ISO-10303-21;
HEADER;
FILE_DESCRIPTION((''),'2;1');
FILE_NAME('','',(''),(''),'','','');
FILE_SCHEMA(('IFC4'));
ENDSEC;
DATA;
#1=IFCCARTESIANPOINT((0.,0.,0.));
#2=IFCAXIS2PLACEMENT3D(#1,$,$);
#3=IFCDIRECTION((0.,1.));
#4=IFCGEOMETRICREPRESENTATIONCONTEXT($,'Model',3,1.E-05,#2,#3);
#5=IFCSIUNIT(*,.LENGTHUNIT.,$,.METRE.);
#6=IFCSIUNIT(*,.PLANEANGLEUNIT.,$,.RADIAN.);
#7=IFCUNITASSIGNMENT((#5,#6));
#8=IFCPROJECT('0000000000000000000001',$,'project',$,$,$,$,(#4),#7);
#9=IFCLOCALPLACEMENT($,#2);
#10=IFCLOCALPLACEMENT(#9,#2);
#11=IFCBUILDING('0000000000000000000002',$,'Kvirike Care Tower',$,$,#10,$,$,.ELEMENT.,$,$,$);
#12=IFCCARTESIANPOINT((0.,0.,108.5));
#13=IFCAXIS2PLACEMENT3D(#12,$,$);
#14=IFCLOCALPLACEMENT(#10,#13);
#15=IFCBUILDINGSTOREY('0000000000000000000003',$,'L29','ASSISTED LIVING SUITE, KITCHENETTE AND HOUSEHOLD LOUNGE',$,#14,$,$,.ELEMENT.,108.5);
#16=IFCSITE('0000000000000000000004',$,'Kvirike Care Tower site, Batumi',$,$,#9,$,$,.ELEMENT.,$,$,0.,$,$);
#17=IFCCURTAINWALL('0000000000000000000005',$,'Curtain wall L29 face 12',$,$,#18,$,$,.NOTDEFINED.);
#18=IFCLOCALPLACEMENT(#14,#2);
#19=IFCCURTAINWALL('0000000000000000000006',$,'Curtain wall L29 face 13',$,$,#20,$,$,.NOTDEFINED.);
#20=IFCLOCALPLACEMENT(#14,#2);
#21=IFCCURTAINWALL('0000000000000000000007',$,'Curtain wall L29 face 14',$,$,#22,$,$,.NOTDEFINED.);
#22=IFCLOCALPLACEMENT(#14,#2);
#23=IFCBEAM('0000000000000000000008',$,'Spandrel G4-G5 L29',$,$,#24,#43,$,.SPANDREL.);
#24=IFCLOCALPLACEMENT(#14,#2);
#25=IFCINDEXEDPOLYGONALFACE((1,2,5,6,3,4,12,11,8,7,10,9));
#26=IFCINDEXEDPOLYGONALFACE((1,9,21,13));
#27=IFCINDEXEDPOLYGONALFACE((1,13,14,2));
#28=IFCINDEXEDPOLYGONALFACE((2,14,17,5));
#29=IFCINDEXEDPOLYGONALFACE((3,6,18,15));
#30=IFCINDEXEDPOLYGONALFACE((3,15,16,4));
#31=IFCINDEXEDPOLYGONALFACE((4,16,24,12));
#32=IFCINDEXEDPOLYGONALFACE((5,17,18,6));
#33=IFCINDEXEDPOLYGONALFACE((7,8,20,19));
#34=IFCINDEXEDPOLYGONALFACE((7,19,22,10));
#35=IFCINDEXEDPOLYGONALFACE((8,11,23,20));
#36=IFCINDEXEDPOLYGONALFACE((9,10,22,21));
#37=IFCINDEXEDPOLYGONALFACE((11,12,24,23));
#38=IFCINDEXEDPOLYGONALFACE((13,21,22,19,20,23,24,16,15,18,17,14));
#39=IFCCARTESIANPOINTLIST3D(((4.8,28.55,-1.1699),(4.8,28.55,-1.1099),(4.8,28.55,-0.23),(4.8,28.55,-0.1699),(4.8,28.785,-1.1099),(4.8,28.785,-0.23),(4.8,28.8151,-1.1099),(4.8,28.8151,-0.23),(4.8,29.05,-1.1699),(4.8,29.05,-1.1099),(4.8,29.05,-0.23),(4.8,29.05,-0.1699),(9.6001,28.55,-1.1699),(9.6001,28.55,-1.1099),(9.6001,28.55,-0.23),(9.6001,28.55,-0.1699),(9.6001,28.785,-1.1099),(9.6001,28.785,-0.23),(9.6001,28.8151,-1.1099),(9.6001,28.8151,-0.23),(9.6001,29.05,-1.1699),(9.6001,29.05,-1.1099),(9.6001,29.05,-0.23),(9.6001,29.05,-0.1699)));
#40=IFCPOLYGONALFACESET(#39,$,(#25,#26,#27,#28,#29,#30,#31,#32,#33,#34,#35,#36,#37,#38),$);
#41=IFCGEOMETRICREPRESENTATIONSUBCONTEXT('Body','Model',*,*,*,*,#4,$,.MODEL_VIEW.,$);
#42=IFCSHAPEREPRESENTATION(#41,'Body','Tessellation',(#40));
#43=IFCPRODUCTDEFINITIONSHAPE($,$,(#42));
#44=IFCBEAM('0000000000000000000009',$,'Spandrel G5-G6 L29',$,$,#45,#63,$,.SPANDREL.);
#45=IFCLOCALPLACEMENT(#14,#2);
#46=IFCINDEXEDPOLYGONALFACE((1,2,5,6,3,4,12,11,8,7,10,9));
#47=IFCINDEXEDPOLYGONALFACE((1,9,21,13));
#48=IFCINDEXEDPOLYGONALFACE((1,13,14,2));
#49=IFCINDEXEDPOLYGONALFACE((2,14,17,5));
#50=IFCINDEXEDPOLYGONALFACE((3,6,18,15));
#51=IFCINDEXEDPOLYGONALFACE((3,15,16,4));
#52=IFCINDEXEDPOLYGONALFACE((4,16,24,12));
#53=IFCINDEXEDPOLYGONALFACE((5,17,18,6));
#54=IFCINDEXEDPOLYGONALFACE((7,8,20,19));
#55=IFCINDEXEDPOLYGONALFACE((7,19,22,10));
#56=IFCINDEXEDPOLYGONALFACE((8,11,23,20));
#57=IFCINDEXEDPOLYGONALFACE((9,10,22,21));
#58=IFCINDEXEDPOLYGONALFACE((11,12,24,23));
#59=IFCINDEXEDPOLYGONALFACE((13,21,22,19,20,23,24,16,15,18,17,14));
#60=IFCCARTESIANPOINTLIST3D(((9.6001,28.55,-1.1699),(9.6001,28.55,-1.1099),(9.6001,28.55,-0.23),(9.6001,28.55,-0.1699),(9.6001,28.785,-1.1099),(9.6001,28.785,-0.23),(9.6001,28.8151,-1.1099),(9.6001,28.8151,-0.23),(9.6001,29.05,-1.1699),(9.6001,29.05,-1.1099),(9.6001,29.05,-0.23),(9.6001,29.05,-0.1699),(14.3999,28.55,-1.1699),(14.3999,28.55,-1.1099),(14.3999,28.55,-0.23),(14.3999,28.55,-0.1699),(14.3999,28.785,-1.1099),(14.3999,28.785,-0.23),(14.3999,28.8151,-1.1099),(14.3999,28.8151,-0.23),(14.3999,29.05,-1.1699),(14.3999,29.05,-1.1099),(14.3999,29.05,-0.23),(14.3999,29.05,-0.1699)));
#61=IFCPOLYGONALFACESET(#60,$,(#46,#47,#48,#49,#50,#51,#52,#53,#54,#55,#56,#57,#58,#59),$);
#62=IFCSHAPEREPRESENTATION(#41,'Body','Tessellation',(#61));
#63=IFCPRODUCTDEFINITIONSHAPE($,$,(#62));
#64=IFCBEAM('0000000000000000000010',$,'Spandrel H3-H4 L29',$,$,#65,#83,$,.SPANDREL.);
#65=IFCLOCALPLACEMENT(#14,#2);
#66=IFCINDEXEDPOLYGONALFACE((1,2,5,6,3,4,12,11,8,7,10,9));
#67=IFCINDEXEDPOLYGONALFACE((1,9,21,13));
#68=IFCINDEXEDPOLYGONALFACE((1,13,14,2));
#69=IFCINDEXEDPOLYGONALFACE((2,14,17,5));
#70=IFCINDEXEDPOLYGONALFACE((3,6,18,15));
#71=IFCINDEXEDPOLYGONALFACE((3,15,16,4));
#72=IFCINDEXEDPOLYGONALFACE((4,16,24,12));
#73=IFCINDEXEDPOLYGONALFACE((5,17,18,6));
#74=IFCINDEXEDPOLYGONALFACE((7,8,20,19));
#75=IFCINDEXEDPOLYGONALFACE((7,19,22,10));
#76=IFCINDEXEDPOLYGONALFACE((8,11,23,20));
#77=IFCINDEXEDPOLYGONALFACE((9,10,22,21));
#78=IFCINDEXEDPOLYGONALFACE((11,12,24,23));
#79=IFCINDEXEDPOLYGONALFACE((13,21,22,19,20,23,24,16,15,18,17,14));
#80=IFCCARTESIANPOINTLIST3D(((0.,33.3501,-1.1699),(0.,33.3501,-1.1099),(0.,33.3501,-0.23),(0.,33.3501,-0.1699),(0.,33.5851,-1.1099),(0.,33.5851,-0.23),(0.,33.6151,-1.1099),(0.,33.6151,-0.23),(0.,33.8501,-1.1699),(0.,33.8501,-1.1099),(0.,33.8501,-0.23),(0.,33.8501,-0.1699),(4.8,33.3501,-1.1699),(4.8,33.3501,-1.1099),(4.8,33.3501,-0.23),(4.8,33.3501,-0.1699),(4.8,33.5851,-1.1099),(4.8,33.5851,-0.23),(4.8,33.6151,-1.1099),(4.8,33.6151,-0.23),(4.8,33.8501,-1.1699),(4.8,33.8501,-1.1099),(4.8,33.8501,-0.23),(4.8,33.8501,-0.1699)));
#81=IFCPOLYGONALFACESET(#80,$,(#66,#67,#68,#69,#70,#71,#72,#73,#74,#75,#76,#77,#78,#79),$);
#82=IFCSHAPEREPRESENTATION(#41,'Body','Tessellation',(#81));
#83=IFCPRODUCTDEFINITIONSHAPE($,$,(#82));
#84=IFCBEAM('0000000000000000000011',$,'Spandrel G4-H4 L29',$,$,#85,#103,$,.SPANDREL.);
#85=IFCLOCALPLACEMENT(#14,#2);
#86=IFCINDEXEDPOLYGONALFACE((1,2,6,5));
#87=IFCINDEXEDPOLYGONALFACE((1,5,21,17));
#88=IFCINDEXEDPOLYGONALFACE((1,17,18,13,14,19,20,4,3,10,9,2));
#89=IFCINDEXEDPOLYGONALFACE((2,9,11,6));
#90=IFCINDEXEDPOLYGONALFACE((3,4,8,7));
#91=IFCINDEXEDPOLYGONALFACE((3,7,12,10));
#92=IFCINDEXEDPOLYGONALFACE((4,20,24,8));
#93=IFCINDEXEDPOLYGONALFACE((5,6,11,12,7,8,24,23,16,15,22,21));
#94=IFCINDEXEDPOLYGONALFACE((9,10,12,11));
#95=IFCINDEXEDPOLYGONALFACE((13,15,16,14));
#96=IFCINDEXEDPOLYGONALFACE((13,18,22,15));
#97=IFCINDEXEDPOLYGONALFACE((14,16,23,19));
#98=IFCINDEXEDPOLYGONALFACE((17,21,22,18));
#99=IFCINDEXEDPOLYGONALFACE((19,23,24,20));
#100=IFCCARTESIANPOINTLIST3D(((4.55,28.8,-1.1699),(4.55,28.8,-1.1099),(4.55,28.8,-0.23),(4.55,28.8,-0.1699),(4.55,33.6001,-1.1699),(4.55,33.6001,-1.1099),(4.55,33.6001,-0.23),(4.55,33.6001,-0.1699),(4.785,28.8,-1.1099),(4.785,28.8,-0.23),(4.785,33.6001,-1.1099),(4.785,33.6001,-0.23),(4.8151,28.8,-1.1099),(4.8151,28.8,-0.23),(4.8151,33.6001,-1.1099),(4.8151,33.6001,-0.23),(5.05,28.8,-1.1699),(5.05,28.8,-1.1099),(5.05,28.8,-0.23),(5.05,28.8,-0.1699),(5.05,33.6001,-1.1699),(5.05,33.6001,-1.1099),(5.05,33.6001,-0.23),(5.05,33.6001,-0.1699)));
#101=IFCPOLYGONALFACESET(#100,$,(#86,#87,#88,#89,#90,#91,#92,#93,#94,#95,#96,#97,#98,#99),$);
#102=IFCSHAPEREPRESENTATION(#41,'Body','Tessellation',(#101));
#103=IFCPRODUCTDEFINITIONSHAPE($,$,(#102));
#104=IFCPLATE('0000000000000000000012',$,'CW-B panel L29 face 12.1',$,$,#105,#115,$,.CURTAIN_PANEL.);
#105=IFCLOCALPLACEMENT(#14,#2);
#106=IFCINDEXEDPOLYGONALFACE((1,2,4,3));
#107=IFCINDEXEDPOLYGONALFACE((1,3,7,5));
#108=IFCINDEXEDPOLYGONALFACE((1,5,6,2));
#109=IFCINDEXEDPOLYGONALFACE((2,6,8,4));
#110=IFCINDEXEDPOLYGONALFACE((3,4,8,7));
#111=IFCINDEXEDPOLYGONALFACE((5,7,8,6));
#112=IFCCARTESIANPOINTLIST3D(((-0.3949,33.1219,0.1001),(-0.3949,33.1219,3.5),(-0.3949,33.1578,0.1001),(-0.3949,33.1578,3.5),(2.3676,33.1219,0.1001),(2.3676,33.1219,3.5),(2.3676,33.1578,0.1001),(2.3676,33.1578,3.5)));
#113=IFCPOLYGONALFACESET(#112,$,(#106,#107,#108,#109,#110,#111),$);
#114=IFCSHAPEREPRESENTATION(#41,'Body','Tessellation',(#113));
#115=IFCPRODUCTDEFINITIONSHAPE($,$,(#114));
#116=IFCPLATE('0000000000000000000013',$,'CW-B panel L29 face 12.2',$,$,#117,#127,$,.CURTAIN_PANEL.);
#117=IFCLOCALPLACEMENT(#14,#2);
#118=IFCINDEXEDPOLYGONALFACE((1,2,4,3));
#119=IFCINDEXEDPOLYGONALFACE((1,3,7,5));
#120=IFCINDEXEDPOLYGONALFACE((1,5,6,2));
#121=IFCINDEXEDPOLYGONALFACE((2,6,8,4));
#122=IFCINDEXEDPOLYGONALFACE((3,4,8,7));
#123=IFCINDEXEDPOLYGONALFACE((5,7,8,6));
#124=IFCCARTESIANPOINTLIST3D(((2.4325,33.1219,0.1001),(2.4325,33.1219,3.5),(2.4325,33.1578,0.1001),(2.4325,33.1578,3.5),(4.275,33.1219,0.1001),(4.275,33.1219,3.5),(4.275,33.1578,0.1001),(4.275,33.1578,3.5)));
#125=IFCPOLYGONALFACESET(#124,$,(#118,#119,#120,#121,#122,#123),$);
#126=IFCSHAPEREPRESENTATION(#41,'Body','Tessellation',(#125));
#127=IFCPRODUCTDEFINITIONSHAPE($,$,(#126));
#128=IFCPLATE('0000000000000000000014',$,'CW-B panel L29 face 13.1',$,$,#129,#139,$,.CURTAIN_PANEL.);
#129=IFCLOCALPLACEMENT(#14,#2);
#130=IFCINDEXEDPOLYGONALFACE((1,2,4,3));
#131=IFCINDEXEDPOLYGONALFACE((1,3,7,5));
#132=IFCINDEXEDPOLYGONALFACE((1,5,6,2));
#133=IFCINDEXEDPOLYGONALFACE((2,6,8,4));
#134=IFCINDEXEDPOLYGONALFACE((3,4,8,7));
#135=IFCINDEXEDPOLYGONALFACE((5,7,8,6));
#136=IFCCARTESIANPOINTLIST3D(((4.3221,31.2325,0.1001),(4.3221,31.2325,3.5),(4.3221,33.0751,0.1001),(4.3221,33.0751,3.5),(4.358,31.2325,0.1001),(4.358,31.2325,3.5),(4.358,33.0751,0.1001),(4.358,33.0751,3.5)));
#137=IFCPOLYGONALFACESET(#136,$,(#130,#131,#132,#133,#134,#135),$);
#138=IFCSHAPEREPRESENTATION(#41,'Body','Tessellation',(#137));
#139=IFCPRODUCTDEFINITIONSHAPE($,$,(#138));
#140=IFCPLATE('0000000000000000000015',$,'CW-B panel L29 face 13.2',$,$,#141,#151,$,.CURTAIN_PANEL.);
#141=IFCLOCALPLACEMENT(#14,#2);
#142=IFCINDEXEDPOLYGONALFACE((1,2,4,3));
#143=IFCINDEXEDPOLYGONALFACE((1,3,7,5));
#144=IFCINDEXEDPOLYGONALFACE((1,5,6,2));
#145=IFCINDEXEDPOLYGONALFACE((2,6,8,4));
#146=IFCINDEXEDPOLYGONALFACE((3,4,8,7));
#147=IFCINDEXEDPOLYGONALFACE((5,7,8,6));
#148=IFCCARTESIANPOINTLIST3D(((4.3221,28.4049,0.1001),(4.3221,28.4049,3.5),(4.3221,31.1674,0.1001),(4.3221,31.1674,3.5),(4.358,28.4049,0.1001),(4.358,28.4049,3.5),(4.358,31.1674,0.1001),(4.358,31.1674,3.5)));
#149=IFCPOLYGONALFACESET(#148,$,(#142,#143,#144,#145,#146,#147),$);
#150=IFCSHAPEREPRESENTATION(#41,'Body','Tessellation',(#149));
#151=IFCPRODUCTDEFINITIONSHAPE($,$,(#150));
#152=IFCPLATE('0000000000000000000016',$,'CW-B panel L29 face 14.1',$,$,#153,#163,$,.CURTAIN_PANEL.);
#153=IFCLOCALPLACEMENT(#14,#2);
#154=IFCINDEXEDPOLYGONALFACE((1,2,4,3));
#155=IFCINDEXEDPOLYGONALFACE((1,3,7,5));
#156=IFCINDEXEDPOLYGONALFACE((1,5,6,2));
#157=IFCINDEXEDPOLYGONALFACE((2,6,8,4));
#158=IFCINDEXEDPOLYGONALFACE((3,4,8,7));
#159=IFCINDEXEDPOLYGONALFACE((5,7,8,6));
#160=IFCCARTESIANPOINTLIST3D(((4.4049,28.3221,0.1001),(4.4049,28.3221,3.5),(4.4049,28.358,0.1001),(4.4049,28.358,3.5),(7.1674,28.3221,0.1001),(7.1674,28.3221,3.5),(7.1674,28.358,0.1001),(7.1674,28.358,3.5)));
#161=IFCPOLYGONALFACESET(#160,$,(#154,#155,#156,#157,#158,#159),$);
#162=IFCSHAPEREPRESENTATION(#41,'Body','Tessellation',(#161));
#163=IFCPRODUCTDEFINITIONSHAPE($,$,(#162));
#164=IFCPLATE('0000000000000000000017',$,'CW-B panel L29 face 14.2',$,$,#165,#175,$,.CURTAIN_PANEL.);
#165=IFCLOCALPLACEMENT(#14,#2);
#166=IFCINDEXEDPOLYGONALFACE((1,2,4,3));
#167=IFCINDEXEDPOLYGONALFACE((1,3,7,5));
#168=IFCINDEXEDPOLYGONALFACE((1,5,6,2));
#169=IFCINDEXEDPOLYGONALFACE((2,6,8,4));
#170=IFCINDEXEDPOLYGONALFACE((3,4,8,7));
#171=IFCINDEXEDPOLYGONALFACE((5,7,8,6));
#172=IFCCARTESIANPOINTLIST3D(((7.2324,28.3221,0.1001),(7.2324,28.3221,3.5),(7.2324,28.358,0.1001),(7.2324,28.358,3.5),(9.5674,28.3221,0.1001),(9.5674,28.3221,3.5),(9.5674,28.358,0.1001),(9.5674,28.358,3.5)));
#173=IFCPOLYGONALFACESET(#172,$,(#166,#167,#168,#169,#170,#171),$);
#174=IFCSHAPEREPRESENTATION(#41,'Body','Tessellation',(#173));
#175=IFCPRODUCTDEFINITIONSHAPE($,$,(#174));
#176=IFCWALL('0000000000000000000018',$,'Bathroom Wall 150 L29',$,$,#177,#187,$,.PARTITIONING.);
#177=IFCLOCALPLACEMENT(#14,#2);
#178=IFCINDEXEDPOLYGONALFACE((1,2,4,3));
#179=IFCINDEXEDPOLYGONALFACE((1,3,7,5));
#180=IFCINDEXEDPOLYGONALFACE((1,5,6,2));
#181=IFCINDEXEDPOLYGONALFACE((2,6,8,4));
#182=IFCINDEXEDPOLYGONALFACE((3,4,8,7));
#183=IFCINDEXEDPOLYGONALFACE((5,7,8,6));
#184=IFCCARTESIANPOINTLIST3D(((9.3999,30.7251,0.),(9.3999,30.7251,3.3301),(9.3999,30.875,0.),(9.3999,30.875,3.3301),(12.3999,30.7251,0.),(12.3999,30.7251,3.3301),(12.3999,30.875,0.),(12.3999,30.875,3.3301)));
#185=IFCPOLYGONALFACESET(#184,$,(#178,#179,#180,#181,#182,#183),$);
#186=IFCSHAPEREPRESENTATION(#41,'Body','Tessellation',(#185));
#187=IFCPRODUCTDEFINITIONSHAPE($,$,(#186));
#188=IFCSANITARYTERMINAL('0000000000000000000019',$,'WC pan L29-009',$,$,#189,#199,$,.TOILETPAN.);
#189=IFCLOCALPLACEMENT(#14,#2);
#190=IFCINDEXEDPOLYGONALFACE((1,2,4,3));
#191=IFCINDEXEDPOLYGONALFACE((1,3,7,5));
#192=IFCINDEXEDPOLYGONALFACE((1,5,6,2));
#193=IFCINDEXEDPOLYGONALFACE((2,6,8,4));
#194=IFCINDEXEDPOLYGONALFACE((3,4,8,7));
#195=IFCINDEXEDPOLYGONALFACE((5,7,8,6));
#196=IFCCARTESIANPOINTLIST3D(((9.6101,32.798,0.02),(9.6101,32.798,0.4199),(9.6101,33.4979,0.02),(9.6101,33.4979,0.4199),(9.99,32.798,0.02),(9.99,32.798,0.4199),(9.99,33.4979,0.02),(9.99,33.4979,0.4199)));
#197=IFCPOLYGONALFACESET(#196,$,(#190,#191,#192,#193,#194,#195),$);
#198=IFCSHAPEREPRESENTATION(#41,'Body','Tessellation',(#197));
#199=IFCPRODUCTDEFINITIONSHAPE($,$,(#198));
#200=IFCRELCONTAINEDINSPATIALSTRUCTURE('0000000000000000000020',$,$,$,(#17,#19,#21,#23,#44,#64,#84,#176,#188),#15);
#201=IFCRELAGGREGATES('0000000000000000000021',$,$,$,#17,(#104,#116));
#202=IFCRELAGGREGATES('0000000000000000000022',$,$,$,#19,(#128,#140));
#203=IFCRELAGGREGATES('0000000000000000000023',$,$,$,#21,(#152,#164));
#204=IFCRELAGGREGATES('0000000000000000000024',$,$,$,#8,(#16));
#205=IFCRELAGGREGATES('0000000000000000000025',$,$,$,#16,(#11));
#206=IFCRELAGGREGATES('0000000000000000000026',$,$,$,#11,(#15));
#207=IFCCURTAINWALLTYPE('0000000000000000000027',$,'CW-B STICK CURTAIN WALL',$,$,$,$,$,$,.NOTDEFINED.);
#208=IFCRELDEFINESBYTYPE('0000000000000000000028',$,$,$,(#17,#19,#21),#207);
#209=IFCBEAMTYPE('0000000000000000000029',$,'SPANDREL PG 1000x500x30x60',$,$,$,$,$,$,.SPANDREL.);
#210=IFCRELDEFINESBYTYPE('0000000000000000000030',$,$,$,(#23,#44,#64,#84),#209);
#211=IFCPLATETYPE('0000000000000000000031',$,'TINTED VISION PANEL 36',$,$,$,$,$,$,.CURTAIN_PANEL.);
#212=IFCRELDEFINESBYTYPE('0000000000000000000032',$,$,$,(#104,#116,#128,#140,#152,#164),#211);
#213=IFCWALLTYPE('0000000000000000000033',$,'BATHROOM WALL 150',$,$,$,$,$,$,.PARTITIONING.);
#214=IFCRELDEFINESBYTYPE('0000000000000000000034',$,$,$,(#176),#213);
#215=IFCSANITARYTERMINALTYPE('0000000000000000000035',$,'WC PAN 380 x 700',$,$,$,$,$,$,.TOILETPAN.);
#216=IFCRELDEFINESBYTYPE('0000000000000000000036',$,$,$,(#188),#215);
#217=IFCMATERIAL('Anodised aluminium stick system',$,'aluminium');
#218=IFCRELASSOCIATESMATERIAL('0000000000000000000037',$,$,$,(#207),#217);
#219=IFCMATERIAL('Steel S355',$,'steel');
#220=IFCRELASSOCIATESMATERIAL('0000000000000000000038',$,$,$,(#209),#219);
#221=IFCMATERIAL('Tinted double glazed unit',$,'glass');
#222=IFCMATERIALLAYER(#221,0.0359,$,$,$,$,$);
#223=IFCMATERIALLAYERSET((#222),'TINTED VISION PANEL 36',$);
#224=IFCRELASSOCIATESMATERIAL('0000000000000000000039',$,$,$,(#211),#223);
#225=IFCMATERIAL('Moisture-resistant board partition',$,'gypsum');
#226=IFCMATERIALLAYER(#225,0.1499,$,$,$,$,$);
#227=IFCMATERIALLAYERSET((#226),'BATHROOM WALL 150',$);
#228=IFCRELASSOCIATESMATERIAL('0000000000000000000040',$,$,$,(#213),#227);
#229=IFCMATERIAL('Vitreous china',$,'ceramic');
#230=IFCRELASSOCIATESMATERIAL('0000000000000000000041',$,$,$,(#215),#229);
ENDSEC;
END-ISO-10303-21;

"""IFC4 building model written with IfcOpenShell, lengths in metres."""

from ifc_helpers import new_model, si_unit, direction, frame, frame_2d, origin, origin_2d, place, context, subcontext, project, spatial, rectangle, i_section, extrude, material, layer, layer_set, material_profile, profile_set, type_object, element, aggregate, save


model = new_model("IFC4")

# Units and contexts
model_context = context("Model", 3, precision=1e-05, world=origin(), true_north=direction((0.0, 1.0)))
body_context = subcontext(model_context, "Body", "Model", "MODEL_VIEW")
ifc_project = project(units=[si_unit("LENGTHUNIT", "METRE"), si_unit("PLANEANGLEUNIT", "RADIAN")], contexts=[model_context])

# Site, building, storey
site_placement = place(None, origin())
site = spatial("IfcSite", under=ifc_project, at=site_placement, Name="Kvirike Care Tower site, Batumi", CompositionType="ELEMENT", RefElevation=0.0)
building_placement = place(site_placement, origin())
building = spatial("IfcBuilding", under=site, at=building_placement, Name="Kvirike Care Tower", CompositionType="ELEMENT")
storey_placement = place(building_placement, frame((0.0, 0.0, 108.5)))
storey = spatial("IfcBuildingStorey", under=building, at=storey_placement, Name="L29", Description="ASSISTED LIVING SUITE, KITCHENETTE AND HOUSEHOLD LOUNGE", CompositionType="ELEMENT", Elevation=108.5)

# Curtain walls
ifc_material_1 = material(Name="Anodised aluminium stick system", Category="aluminium")
curtain_wall_type = type_object("IfcCurtainWallType", Name="CW-B STICK CURTAIN WALL", PredefinedType="NOTDEFINED", material=ifc_material_1)
curtain_wall_1_placement = place(storey_placement, origin())
curtain_wall_1 = element("IfcCurtainWall", 1, at=curtain_wall_1_placement, inside=storey, type_object=curtain_wall_type, Name="Curtain wall L29 face 12", PredefinedType="NOTDEFINED")
curtain_wall_2_placement = place(storey_placement, origin())
curtain_wall_2 = element("IfcCurtainWall", 2, at=curtain_wall_2_placement, inside=storey, type_object=curtain_wall_type, Name="Curtain wall L29 face 13", PredefinedType="NOTDEFINED")
curtain_wall_3_placement = place(storey_placement, origin())
curtain_wall_3 = element("IfcCurtainWall", 3, at=curtain_wall_3_placement, inside=storey, type_object=curtain_wall_type, Name="Curtain wall L29 face 14", PredefinedType="NOTDEFINED")

# Beams
ifc_material_2 = material(Name="Steel S355", Category="steel")
ifc_material_profile_1 = material_profile(ifc_material_2, i_section(OverallWidth=0.5, OverallDepth=1.0, WebThickness=0.03, FlangeThickness=0.0601, at=origin_2d()), Name="PG 1000x500x30x60")
ifc_profile_set_1 = profile_set([ifc_material_profile_1], Name="Steel S355")
beam_type_1 = type_object("IfcBeamType", Name="SPANDREL PG 1000x500x30x60", PredefinedType="SPANDREL", material=ifc_profile_set_1)
beam_1_placement = place(storey_placement, frame((4.8, 28.8, -0.6699), z_axis=(1.0, 0.0, 0.0), x_axis=(0.0, 1.0, 0.0)))
element("IfcBeam", 4, at=beam_1_placement, inside=storey, type_object=beam_type_1, Name="Spandrel G4-G5 L29", PredefinedType="SPANDREL", context=body_context, shape_type="SweptSolid", body=[
    extrude(i_section(OverallWidth=0.5, OverallDepth=1.0, WebThickness=0.03, FlangeThickness=0.0601, at=origin_2d()), origin(), (0.0, 0.0, 1.0), 4.8),
])
beam_2_placement = place(storey_placement, frame((9.6001, 28.8, -0.6699), z_axis=(1.0, 0.0, 0.0), x_axis=(0.0, 1.0, 0.0)))
element("IfcBeam", 5, at=beam_2_placement, inside=storey, type_object=beam_type_1, Name="Spandrel G5-G6 L29", PredefinedType="SPANDREL", context=body_context, shape_type="SweptSolid", body=[
    extrude(i_section(OverallWidth=0.5, OverallDepth=1.0, WebThickness=0.03, FlangeThickness=0.0601, at=origin_2d()), origin(), (0.0, 0.0, 1.0), 4.7998),
])
for number, where, z_axis, x_axis, name in (
    (6, (0.0, 33.6001, -0.6699), (1.0, 0.0, 0.0), (0.0, 1.0, 0.0), "Spandrel H3-H4 L29"),
    (7, (4.8, 28.8, -0.6699), (0.0, 1.0, 0.0), (-1.0, 0.0, 0.0), "Spandrel G4-H4 L29"),
):
    element("IfcBeam", number, at=place(storey_placement, frame(where, z_axis=z_axis, x_axis=x_axis)), inside=storey, type_object=beam_type_1, Name=name, PredefinedType="SPANDREL", context=body_context, shape_type="SweptSolid", body=[
        extrude(i_section(OverallWidth=0.5, OverallDepth=1.0, WebThickness=0.03, FlangeThickness=0.0601, at=origin_2d()), origin(), (0.0, 0.0, 1.0), 4.8),
    ])

# Plates
ifc_material_3 = material(Name="Tinted double glazed unit", Category="glass")
ifc_layer_1 = layer(ifc_material_3, 0.0359)
ifc_layer_set_1 = layer_set([ifc_layer_1], Name="TINTED VISION PANEL 36")
plate_type = type_object("IfcPlateType", Name="TINTED VISION PANEL 36", PredefinedType="CURTAIN_PANEL", material=ifc_layer_set_1)
plate_1_placement = place(storey_placement, frame((0.9863, 33.1399, 0.1001), z_axis=(0.0, 0.0, 1.0), x_axis=(1.0, 0.0, 0.0)))
plate_1 = element("IfcPlate", 8, at=plate_1_placement, type_object=plate_type, Name="CW-B panel L29 face 12.1", PredefinedType="CURTAIN_PANEL", context=body_context, shape_type="SweptSolid", body=[
    extrude(rectangle(XDim=2.7625, YDim=0.0359, at=origin_2d()), origin(), (0.0, 0.0, 1.0), 3.3999),
])
plate_2_placement = place(storey_placement, frame((3.3538, 33.1399, 0.1001), z_axis=(0.0, 0.0, 1.0), x_axis=(1.0, 0.0, 0.0)))
plate_2 = element("IfcPlate", 9, at=plate_2_placement, type_object=plate_type, Name="CW-B panel L29 face 12.2", PredefinedType="CURTAIN_PANEL", context=body_context, shape_type="SweptSolid", body=[
    extrude(rectangle(XDim=1.8425, YDim=0.0359, at=origin_2d()), origin(), (0.0, 0.0, 1.0), 3.3999),
])
aggregate(curtain_wall_1, [plate_1, plate_2])
plate_3_placement = place(storey_placement, frame((4.3401, 32.1538, 0.1001), z_axis=(0.0, 0.0, 1.0), x_axis=(0.0, -1.0, 0.0)))
plate_3 = element("IfcPlate", 10, at=plate_3_placement, type_object=plate_type, Name="CW-B panel L29 face 13.1", PredefinedType="CURTAIN_PANEL", context=body_context, shape_type="SweptSolid", body=[
    extrude(rectangle(XDim=1.8425, YDim=0.0359, at=origin_2d()), origin(), (0.0, 0.0, 1.0), 3.3999),
])
plate_4_placement = place(storey_placement, frame((4.3401, 29.7861, 0.1001), z_axis=(0.0, 0.0, 1.0), x_axis=(0.0, -1.0, 0.0)))
plate_4 = element("IfcPlate", 11, at=plate_4_placement, type_object=plate_type, Name="CW-B panel L29 face 13.2", PredefinedType="CURTAIN_PANEL", context=body_context, shape_type="SweptSolid", body=[
    extrude(rectangle(XDim=2.7625, YDim=0.0359, at=origin_2d()), origin(), (0.0, 0.0, 1.0), 3.3999),
])
aggregate(curtain_wall_2, [plate_3, plate_4])
plate_5_placement = place(storey_placement, frame((5.7861, 28.3401, 0.1001), z_axis=(0.0, 0.0, 1.0), x_axis=(1.0, 0.0, 0.0)))
plate_5 = element("IfcPlate", 12, at=plate_5_placement, type_object=plate_type, Name="CW-B panel L29 face 14.1", PredefinedType="CURTAIN_PANEL", context=body_context, shape_type="SweptSolid", body=[
    extrude(rectangle(XDim=2.7625, YDim=0.0359, at=origin_2d()), origin(), (0.0, 0.0, 1.0), 3.3999),
])
plate_6_placement = place(storey_placement, frame((8.3999, 28.3401, 0.1001), z_axis=(0.0, 0.0, 1.0), x_axis=(1.0, 0.0, 0.0)))
plate_6 = element("IfcPlate", 13, at=plate_6_placement, type_object=plate_type, Name="CW-B panel L29 face 14.2", PredefinedType="CURTAIN_PANEL", context=body_context, shape_type="SweptSolid", body=[
    extrude(rectangle(XDim=2.335, YDim=0.0359, at=origin_2d()), origin(), (0.0, 0.0, 1.0), 3.3999),
])
aggregate(curtain_wall_3, [plate_5, plate_6])

# Wall
ifc_material_4 = material(Name="Moisture-resistant board partition", Category="gypsum")
ifc_layer_2 = layer(ifc_material_4, 0.1499)
ifc_layer_set_2 = layer_set([ifc_layer_2], Name="BATHROOM WALL 150")
wall_type = type_object("IfcWallType", Name="BATHROOM WALL 150", PredefinedType="PARTITIONING", material=ifc_layer_set_2)
wall_placement = place(storey_placement, frame((9.3999, 30.8, 0.0), z_axis=(0.0, 0.0, 1.0), x_axis=(1.0, 0.0, 0.0)))
element("IfcWall", 14, at=wall_placement, inside=storey, type_object=wall_type, Name="Bathroom Wall 150 L29", PredefinedType="PARTITIONING", context=body_context, shape_type="SweptSolid", body=[
    extrude(rectangle(XDim=3.0, YDim=0.1499, at=frame_2d((1.5, 0.0))), origin(), (0.0, 0.0, 1.0), 3.3301),
])

# Sanitary terminal
ifc_material_5 = material(Name="Vitreous china", Category="ceramic")
sanitary_terminal_type = type_object("IfcSanitaryTerminalType", Name="WC PAN 380 x 700", PredefinedType="TOILETPAN", material=ifc_material_5)
sanitary_terminal_placement = place(storey_placement, frame((9.8, 33.1479, 0.02), z_axis=(0.0, 0.0, 1.0), x_axis=(1.0, 0.0, 0.0)))
element("IfcSanitaryTerminal", 15, at=sanitary_terminal_placement, inside=storey, type_object=sanitary_terminal_type, Name="WC pan L29-009", PredefinedType="TOILETPAN", context=body_context, shape_type="SweptSolid", body=[
    extrude(rectangle(XDim=0.3799, YDim=0.7, at=origin_2d()), origin(), (0.0, 0.0, 1.0), 0.3999),
])

save(model, "model.ifc")
